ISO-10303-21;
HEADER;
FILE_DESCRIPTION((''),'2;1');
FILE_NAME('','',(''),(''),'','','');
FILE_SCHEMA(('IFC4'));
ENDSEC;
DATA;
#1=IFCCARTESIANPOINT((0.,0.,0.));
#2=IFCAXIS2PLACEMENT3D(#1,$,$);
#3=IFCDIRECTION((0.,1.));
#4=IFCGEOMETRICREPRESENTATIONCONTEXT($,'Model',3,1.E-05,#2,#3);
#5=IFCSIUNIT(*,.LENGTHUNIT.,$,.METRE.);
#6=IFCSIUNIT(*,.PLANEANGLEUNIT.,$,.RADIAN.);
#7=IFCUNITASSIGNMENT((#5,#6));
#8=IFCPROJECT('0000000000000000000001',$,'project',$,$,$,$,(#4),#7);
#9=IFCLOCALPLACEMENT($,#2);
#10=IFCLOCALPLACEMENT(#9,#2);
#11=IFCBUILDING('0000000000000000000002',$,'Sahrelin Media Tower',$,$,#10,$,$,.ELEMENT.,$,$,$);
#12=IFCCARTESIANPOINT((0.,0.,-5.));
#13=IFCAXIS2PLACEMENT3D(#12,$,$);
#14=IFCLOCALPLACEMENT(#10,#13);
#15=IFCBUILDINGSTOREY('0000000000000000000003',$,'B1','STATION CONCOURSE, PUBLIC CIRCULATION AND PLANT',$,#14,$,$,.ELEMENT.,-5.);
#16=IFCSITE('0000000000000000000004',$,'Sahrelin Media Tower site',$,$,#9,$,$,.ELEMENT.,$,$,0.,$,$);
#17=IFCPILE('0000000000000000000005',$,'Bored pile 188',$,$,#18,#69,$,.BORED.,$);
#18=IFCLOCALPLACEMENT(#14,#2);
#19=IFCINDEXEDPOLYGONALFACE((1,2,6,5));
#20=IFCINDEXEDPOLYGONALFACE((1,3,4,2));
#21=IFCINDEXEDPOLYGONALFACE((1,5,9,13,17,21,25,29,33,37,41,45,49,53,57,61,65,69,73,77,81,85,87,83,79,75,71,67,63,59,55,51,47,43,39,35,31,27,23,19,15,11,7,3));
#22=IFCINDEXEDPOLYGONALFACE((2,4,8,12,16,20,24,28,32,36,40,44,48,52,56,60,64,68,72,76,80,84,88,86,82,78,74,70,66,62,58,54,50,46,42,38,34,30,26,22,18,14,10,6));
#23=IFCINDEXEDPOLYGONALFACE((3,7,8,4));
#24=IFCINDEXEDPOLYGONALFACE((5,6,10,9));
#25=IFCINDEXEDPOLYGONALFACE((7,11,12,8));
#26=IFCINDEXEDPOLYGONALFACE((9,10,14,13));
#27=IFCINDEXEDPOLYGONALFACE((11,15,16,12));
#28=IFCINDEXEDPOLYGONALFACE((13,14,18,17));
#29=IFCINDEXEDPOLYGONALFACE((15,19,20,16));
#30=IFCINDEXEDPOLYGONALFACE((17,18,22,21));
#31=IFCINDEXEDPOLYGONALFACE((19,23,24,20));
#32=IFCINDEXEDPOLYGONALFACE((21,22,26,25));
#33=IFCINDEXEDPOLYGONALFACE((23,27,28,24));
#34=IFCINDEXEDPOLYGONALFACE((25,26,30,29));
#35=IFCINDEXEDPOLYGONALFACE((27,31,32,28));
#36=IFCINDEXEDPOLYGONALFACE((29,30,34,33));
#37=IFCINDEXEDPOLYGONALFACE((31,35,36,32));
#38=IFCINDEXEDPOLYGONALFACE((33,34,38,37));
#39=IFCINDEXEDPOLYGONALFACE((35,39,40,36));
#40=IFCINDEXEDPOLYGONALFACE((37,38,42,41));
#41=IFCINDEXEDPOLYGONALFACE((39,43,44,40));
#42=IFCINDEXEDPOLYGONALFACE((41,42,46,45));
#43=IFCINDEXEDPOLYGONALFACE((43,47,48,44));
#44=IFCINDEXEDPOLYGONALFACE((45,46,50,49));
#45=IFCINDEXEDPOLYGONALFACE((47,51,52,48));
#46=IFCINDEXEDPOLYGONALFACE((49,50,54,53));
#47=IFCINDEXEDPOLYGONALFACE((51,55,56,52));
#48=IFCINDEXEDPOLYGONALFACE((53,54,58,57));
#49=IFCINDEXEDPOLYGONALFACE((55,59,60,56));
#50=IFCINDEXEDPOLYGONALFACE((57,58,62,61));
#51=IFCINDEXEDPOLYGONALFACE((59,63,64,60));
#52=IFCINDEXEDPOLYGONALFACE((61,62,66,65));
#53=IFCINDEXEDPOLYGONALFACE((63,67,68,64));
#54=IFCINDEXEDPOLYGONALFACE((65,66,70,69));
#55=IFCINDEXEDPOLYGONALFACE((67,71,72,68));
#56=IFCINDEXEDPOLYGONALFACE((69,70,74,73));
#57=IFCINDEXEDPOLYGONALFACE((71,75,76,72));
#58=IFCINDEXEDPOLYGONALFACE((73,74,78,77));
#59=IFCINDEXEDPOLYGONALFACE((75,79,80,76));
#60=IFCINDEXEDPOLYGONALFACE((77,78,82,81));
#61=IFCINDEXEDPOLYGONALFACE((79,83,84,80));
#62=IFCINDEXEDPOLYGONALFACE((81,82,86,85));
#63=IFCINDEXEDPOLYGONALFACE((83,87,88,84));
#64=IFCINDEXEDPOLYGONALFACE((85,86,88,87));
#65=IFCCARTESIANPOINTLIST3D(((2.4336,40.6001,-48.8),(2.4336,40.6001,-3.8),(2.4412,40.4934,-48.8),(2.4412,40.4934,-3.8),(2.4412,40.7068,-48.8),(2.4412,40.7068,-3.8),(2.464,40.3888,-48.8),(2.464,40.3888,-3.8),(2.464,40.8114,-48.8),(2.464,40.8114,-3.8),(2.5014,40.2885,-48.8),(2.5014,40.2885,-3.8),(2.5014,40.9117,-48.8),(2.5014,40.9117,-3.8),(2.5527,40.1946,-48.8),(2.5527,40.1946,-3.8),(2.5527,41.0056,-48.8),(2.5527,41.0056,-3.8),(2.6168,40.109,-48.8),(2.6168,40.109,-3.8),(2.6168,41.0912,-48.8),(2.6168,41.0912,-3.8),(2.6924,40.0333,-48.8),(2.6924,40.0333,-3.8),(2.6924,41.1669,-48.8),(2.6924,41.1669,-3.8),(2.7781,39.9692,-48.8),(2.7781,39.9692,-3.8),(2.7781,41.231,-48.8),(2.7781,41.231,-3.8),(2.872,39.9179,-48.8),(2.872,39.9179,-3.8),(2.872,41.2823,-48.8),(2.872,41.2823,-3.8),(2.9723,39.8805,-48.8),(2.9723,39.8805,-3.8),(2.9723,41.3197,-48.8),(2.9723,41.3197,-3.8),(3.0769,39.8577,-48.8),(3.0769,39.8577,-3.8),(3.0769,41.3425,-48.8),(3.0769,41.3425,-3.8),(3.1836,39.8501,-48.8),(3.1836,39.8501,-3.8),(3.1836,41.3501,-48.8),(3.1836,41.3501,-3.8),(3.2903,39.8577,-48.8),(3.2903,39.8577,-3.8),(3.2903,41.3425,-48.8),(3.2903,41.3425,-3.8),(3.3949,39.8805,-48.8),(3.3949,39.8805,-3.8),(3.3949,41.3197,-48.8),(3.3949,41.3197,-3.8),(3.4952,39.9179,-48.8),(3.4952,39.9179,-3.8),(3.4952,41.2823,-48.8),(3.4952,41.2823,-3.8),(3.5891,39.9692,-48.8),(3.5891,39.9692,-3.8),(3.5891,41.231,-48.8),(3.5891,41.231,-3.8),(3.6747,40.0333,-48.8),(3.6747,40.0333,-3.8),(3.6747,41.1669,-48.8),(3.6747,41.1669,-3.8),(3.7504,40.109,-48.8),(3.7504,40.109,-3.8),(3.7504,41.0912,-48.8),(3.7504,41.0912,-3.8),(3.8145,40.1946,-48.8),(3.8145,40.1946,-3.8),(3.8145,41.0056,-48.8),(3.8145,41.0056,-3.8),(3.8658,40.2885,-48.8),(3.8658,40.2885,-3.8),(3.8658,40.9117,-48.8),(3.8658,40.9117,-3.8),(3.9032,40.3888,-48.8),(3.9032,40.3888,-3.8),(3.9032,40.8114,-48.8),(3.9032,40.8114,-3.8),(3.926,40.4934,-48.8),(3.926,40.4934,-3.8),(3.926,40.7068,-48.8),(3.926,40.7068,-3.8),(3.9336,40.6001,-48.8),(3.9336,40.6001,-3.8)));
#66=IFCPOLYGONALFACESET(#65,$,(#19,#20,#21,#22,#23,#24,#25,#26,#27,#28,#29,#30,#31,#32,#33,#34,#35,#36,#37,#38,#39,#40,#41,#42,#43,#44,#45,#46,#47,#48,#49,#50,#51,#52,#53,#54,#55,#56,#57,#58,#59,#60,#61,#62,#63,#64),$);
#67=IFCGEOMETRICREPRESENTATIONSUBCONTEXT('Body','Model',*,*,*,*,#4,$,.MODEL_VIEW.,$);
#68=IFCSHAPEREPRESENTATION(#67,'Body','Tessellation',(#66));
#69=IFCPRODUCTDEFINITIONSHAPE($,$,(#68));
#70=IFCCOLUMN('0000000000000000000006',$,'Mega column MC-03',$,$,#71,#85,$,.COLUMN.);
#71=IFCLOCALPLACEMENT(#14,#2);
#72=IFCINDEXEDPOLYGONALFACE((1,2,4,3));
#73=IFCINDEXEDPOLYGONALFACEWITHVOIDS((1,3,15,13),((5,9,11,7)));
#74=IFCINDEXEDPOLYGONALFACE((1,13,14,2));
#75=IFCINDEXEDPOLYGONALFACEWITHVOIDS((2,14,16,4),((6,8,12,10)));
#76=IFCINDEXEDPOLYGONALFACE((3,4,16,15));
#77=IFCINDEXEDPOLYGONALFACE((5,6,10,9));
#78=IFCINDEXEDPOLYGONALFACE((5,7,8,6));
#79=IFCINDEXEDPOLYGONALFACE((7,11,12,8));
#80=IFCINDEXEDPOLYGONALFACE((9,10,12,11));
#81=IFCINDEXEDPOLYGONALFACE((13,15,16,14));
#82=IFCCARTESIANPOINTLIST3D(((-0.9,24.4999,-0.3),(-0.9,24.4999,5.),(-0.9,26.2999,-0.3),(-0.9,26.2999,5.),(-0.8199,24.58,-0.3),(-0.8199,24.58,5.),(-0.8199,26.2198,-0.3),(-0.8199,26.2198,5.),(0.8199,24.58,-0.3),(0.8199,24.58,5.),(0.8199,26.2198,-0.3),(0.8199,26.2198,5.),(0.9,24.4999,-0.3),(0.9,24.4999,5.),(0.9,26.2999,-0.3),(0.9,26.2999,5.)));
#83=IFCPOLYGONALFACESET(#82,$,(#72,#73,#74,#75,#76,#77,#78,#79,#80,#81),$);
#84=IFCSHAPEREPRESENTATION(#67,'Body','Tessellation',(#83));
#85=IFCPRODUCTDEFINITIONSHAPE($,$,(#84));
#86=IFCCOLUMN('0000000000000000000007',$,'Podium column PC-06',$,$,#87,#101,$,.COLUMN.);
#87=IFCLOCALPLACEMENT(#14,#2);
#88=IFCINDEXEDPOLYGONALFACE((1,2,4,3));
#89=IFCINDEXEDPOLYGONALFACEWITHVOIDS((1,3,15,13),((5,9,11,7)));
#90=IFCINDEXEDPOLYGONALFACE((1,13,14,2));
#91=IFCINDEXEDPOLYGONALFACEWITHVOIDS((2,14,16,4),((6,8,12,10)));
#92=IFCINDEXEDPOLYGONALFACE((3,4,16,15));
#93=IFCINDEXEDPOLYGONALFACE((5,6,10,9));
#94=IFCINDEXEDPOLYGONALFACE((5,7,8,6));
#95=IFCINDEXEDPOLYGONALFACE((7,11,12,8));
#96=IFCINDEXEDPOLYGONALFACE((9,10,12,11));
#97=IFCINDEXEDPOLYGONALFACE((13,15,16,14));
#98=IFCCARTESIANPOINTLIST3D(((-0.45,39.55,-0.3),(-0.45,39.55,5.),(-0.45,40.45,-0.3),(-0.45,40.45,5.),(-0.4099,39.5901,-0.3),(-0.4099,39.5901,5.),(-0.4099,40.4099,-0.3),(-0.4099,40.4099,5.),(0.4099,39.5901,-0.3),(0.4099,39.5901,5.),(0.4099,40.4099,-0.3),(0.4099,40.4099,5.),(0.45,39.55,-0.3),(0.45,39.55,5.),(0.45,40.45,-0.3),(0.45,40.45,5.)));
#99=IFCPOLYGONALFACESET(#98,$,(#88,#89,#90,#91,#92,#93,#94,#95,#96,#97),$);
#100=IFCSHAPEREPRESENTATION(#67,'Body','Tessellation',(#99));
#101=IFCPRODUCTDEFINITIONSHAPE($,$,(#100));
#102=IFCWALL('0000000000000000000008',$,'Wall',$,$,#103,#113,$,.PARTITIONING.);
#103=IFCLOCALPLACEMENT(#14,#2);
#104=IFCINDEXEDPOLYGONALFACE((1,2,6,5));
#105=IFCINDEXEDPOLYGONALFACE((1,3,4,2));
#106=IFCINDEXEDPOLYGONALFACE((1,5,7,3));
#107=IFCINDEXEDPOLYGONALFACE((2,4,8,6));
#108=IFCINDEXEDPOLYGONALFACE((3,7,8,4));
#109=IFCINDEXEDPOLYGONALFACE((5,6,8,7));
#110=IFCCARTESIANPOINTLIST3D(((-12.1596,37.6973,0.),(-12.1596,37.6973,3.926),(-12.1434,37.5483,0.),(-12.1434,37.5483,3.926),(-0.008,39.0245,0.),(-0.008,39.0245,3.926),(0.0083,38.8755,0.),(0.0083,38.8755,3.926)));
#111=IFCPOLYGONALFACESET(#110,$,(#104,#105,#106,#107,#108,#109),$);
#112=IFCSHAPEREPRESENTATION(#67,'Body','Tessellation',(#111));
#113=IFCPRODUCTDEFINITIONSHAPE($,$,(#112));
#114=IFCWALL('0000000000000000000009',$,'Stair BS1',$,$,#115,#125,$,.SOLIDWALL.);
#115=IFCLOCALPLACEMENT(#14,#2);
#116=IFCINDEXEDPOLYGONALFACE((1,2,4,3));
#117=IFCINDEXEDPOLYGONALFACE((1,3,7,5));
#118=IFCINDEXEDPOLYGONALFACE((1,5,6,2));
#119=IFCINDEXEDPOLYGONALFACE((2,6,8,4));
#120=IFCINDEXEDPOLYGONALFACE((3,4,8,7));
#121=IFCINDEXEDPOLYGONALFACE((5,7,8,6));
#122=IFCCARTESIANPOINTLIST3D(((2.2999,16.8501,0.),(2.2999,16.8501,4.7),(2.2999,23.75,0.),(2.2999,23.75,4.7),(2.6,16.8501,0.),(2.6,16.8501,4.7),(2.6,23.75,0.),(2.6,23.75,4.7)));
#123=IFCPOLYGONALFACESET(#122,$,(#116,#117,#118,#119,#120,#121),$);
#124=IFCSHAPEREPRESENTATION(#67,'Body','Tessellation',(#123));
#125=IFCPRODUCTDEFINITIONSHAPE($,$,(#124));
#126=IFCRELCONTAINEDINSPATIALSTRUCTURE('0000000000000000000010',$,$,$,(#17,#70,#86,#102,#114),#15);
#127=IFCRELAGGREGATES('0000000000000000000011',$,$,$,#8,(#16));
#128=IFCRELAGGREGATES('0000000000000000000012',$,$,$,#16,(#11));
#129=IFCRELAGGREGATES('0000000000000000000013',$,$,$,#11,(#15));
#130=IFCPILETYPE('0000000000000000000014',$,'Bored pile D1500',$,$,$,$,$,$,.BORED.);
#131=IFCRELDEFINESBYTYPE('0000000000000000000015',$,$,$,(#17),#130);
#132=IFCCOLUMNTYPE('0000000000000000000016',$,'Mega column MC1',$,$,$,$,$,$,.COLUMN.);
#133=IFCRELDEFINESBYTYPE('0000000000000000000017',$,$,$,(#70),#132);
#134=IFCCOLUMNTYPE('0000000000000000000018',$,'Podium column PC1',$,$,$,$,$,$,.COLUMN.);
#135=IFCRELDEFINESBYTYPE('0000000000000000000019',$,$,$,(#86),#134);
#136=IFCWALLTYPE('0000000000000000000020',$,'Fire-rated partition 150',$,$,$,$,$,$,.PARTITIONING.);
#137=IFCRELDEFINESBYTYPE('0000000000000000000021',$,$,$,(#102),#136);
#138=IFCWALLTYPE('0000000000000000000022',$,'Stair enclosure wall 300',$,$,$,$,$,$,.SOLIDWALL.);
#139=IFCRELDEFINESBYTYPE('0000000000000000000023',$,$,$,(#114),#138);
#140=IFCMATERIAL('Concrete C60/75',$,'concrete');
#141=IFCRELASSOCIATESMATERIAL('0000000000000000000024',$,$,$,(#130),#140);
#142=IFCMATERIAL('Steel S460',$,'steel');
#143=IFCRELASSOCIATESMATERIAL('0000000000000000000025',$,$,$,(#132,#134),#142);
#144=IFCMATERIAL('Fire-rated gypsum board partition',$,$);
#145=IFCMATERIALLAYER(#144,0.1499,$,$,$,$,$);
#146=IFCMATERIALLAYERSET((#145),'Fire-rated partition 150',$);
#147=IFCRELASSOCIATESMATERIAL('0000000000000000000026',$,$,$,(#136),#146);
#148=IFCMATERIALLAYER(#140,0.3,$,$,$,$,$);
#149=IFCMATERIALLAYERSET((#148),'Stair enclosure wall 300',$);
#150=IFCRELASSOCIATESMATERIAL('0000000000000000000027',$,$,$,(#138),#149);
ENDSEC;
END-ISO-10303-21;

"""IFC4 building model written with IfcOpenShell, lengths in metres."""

from ifc_helpers import new_model, si_unit, direction, frame, frame_2d, origin, origin_2d, place, context, subcontext, project, spatial, rectangle, hollow_rectangle, circle, extrude, material, layer, layer_set, material_profile, profile_set, type_object, element, save


model = new_model("IFC4")

# Units and contexts
model_context = context("Model", 3, precision=1e-05, world=origin(), true_north=direction((0.0, 1.0)))
body_context = subcontext(model_context, "Body", "Model", "MODEL_VIEW")
ifc_project = project(units=[si_unit("LENGTHUNIT", "METRE"), si_unit("PLANEANGLEUNIT", "RADIAN")], contexts=[model_context])

# Site, building, storey
site_placement = place(None, origin())
site = spatial("IfcSite", under=ifc_project, at=site_placement, Name="Sahrelin Media Tower site", CompositionType="ELEMENT", RefElevation=0.0)
building_placement = place(site_placement, origin())
building = spatial("IfcBuilding", under=site, at=building_placement, Name="Sahrelin Media Tower", CompositionType="ELEMENT")
storey_placement = place(building_placement, frame((0.0, 0.0, -5.0)))
storey = spatial("IfcBuildingStorey", under=building, at=storey_placement, Name="B1", Description="STATION CONCOURSE, PUBLIC CIRCULATION AND PLANT", CompositionType="ELEMENT", Elevation=-5.0)

# Pile
ifc_material_1 = material(Name="Concrete C60/75", Category="concrete")
ifc_material_profile_1 = material_profile(ifc_material_1, circle(Radius=0.75, at=origin_2d()), Name="Bored pile D1500")
ifc_profile_set_1 = profile_set([ifc_material_profile_1], Name="Concrete C60/75")
pile_type = type_object("IfcPileType", Name="Bored pile D1500", PredefinedType="BORED", material=ifc_profile_set_1)
for number, where, z_axis, x_axis, name in (
    (1, (3.1836, 40.6001, -3.8), (0.0, 0.0, -1.0), (1.0, 0.0, 0.0), "Bored pile 188"),
):
    element("IfcPile", number, at=place(storey_placement, frame(where, z_axis=z_axis, x_axis=x_axis)), inside=storey, type_object=pile_type, Name=name, PredefinedType="BORED", context=body_context, shape_type="SweptSolid", body=[
        extrude(circle(Radius=0.75, at=origin_2d()), origin(), (0.0, 0.0, 1.0), 45.0),
    ])

# Columns
ifc_material_2 = material(Name="Steel S460", Category="steel")
ifc_material_profile_2 = material_profile(ifc_material_2, hollow_rectangle(XDim=1.8, YDim=1.8, WallThickness=0.0801, at=origin_2d()), Name="Mega column MC1")
ifc_profile_set_2 = profile_set([ifc_material_profile_2], Name="Steel S460")
column_type_1 = type_object("IfcColumnType", Name="Mega column MC1", PredefinedType="COLUMN", material=ifc_profile_set_2)
column_1_placement = place(storey_placement, frame((0.0, 25.3999, -0.3), z_axis=(0.0, 0.0, 1.0), x_axis=(0.0, 1.0, 0.0)))
element("IfcColumn", 2, at=column_1_placement, inside=storey, type_object=column_type_1, Name="Mega column MC-03", PredefinedType="COLUMN", context=body_context, shape_type="SweptSolid", body=[
    extrude(hollow_rectangle(XDim=1.8, YDim=1.8, WallThickness=0.0801, at=origin_2d()), origin(), (0.0, 0.0, 1.0), 5.3),
])
ifc_material_profile_3 = material_profile(ifc_material_2, hollow_rectangle(XDim=0.8999, YDim=0.8999, WallThickness=0.04, at=origin_2d()), Name="Podium column PC1")
ifc_profile_set_3 = profile_set([ifc_material_profile_3], Name="Steel S460")
column_type_2 = type_object("IfcColumnType", Name="Podium column PC1", PredefinedType="COLUMN", material=ifc_profile_set_3)
column_2_placement = place(storey_placement, frame((0.0, 40.0, -0.3), z_axis=(0.0, 0.0, 1.0), x_axis=(0.0, 1.0, 0.0)))
element("IfcColumn", 3, at=column_2_placement, inside=storey, type_object=column_type_2, Name="Podium column PC-06", PredefinedType="COLUMN", context=body_context, shape_type="SweptSolid", body=[
    extrude(hollow_rectangle(XDim=0.8999, YDim=0.8999, WallThickness=0.04, at=origin_2d()), origin(), (0.0, 0.0, 1.0), 5.3),
])

# Wall
ifc_material_3 = material(Name="Fire-rated gypsum board partition")
ifc_layer_1 = layer(ifc_material_3, 0.1499)
ifc_layer_set_1 = layer_set([ifc_layer_1], Name="Fire-rated partition 150")
wall_type_1 = type_object("IfcWallType", Name="Fire-rated partition 150", PredefinedType="PARTITIONING", material=ifc_layer_set_1)
wall_1_placement = place(storey_placement, frame((0.0, 38.95, 0.0), z_axis=(0.0, 0.0, 1.0), x_axis=(-0.994089, -0.10857, 0.0)))
element("IfcWall", 4, at=wall_1_placement, inside=storey, type_object=wall_type_1, Name="Wall", PredefinedType="PARTITIONING", context=body_context, shape_type="SweptSolid", body=[
    extrude(rectangle(XDim=12.2239, YDim=0.1499, at=frame_2d((6.1118, 0.0))), origin(), (0.0, 0.0, 1.0), 3.926),
])

# Shared definitions
ifc_layer_2 = layer(ifc_material_1, 0.3)
ifc_layer_set_2 = layer_set([ifc_layer_2], Name="Stair enclosure wall 300")
wall_type_2 = type_object("IfcWallType", Name="Stair enclosure wall 300", PredefinedType="SOLIDWALL", material=ifc_layer_set_2)

# Wall
wall_2_placement = place(storey_placement, frame((2.45, 23.75, 0.0), z_axis=(0.0, 0.0, 1.0), x_axis=(0.0, -1.0, 0.0)))
element("IfcWall", 5, at=wall_2_placement, inside=storey, type_object=wall_type_2, Name="Stair BS1", PredefinedType="SOLIDWALL", context=body_context, shape_type="SweptSolid", body=[
    extrude(rectangle(XDim=6.8999, YDim=0.3, at=frame_2d((3.45, 0.0))), origin(), (0.0, 0.0, 1.0), 4.7),
])

save(model, "model.ifc")
